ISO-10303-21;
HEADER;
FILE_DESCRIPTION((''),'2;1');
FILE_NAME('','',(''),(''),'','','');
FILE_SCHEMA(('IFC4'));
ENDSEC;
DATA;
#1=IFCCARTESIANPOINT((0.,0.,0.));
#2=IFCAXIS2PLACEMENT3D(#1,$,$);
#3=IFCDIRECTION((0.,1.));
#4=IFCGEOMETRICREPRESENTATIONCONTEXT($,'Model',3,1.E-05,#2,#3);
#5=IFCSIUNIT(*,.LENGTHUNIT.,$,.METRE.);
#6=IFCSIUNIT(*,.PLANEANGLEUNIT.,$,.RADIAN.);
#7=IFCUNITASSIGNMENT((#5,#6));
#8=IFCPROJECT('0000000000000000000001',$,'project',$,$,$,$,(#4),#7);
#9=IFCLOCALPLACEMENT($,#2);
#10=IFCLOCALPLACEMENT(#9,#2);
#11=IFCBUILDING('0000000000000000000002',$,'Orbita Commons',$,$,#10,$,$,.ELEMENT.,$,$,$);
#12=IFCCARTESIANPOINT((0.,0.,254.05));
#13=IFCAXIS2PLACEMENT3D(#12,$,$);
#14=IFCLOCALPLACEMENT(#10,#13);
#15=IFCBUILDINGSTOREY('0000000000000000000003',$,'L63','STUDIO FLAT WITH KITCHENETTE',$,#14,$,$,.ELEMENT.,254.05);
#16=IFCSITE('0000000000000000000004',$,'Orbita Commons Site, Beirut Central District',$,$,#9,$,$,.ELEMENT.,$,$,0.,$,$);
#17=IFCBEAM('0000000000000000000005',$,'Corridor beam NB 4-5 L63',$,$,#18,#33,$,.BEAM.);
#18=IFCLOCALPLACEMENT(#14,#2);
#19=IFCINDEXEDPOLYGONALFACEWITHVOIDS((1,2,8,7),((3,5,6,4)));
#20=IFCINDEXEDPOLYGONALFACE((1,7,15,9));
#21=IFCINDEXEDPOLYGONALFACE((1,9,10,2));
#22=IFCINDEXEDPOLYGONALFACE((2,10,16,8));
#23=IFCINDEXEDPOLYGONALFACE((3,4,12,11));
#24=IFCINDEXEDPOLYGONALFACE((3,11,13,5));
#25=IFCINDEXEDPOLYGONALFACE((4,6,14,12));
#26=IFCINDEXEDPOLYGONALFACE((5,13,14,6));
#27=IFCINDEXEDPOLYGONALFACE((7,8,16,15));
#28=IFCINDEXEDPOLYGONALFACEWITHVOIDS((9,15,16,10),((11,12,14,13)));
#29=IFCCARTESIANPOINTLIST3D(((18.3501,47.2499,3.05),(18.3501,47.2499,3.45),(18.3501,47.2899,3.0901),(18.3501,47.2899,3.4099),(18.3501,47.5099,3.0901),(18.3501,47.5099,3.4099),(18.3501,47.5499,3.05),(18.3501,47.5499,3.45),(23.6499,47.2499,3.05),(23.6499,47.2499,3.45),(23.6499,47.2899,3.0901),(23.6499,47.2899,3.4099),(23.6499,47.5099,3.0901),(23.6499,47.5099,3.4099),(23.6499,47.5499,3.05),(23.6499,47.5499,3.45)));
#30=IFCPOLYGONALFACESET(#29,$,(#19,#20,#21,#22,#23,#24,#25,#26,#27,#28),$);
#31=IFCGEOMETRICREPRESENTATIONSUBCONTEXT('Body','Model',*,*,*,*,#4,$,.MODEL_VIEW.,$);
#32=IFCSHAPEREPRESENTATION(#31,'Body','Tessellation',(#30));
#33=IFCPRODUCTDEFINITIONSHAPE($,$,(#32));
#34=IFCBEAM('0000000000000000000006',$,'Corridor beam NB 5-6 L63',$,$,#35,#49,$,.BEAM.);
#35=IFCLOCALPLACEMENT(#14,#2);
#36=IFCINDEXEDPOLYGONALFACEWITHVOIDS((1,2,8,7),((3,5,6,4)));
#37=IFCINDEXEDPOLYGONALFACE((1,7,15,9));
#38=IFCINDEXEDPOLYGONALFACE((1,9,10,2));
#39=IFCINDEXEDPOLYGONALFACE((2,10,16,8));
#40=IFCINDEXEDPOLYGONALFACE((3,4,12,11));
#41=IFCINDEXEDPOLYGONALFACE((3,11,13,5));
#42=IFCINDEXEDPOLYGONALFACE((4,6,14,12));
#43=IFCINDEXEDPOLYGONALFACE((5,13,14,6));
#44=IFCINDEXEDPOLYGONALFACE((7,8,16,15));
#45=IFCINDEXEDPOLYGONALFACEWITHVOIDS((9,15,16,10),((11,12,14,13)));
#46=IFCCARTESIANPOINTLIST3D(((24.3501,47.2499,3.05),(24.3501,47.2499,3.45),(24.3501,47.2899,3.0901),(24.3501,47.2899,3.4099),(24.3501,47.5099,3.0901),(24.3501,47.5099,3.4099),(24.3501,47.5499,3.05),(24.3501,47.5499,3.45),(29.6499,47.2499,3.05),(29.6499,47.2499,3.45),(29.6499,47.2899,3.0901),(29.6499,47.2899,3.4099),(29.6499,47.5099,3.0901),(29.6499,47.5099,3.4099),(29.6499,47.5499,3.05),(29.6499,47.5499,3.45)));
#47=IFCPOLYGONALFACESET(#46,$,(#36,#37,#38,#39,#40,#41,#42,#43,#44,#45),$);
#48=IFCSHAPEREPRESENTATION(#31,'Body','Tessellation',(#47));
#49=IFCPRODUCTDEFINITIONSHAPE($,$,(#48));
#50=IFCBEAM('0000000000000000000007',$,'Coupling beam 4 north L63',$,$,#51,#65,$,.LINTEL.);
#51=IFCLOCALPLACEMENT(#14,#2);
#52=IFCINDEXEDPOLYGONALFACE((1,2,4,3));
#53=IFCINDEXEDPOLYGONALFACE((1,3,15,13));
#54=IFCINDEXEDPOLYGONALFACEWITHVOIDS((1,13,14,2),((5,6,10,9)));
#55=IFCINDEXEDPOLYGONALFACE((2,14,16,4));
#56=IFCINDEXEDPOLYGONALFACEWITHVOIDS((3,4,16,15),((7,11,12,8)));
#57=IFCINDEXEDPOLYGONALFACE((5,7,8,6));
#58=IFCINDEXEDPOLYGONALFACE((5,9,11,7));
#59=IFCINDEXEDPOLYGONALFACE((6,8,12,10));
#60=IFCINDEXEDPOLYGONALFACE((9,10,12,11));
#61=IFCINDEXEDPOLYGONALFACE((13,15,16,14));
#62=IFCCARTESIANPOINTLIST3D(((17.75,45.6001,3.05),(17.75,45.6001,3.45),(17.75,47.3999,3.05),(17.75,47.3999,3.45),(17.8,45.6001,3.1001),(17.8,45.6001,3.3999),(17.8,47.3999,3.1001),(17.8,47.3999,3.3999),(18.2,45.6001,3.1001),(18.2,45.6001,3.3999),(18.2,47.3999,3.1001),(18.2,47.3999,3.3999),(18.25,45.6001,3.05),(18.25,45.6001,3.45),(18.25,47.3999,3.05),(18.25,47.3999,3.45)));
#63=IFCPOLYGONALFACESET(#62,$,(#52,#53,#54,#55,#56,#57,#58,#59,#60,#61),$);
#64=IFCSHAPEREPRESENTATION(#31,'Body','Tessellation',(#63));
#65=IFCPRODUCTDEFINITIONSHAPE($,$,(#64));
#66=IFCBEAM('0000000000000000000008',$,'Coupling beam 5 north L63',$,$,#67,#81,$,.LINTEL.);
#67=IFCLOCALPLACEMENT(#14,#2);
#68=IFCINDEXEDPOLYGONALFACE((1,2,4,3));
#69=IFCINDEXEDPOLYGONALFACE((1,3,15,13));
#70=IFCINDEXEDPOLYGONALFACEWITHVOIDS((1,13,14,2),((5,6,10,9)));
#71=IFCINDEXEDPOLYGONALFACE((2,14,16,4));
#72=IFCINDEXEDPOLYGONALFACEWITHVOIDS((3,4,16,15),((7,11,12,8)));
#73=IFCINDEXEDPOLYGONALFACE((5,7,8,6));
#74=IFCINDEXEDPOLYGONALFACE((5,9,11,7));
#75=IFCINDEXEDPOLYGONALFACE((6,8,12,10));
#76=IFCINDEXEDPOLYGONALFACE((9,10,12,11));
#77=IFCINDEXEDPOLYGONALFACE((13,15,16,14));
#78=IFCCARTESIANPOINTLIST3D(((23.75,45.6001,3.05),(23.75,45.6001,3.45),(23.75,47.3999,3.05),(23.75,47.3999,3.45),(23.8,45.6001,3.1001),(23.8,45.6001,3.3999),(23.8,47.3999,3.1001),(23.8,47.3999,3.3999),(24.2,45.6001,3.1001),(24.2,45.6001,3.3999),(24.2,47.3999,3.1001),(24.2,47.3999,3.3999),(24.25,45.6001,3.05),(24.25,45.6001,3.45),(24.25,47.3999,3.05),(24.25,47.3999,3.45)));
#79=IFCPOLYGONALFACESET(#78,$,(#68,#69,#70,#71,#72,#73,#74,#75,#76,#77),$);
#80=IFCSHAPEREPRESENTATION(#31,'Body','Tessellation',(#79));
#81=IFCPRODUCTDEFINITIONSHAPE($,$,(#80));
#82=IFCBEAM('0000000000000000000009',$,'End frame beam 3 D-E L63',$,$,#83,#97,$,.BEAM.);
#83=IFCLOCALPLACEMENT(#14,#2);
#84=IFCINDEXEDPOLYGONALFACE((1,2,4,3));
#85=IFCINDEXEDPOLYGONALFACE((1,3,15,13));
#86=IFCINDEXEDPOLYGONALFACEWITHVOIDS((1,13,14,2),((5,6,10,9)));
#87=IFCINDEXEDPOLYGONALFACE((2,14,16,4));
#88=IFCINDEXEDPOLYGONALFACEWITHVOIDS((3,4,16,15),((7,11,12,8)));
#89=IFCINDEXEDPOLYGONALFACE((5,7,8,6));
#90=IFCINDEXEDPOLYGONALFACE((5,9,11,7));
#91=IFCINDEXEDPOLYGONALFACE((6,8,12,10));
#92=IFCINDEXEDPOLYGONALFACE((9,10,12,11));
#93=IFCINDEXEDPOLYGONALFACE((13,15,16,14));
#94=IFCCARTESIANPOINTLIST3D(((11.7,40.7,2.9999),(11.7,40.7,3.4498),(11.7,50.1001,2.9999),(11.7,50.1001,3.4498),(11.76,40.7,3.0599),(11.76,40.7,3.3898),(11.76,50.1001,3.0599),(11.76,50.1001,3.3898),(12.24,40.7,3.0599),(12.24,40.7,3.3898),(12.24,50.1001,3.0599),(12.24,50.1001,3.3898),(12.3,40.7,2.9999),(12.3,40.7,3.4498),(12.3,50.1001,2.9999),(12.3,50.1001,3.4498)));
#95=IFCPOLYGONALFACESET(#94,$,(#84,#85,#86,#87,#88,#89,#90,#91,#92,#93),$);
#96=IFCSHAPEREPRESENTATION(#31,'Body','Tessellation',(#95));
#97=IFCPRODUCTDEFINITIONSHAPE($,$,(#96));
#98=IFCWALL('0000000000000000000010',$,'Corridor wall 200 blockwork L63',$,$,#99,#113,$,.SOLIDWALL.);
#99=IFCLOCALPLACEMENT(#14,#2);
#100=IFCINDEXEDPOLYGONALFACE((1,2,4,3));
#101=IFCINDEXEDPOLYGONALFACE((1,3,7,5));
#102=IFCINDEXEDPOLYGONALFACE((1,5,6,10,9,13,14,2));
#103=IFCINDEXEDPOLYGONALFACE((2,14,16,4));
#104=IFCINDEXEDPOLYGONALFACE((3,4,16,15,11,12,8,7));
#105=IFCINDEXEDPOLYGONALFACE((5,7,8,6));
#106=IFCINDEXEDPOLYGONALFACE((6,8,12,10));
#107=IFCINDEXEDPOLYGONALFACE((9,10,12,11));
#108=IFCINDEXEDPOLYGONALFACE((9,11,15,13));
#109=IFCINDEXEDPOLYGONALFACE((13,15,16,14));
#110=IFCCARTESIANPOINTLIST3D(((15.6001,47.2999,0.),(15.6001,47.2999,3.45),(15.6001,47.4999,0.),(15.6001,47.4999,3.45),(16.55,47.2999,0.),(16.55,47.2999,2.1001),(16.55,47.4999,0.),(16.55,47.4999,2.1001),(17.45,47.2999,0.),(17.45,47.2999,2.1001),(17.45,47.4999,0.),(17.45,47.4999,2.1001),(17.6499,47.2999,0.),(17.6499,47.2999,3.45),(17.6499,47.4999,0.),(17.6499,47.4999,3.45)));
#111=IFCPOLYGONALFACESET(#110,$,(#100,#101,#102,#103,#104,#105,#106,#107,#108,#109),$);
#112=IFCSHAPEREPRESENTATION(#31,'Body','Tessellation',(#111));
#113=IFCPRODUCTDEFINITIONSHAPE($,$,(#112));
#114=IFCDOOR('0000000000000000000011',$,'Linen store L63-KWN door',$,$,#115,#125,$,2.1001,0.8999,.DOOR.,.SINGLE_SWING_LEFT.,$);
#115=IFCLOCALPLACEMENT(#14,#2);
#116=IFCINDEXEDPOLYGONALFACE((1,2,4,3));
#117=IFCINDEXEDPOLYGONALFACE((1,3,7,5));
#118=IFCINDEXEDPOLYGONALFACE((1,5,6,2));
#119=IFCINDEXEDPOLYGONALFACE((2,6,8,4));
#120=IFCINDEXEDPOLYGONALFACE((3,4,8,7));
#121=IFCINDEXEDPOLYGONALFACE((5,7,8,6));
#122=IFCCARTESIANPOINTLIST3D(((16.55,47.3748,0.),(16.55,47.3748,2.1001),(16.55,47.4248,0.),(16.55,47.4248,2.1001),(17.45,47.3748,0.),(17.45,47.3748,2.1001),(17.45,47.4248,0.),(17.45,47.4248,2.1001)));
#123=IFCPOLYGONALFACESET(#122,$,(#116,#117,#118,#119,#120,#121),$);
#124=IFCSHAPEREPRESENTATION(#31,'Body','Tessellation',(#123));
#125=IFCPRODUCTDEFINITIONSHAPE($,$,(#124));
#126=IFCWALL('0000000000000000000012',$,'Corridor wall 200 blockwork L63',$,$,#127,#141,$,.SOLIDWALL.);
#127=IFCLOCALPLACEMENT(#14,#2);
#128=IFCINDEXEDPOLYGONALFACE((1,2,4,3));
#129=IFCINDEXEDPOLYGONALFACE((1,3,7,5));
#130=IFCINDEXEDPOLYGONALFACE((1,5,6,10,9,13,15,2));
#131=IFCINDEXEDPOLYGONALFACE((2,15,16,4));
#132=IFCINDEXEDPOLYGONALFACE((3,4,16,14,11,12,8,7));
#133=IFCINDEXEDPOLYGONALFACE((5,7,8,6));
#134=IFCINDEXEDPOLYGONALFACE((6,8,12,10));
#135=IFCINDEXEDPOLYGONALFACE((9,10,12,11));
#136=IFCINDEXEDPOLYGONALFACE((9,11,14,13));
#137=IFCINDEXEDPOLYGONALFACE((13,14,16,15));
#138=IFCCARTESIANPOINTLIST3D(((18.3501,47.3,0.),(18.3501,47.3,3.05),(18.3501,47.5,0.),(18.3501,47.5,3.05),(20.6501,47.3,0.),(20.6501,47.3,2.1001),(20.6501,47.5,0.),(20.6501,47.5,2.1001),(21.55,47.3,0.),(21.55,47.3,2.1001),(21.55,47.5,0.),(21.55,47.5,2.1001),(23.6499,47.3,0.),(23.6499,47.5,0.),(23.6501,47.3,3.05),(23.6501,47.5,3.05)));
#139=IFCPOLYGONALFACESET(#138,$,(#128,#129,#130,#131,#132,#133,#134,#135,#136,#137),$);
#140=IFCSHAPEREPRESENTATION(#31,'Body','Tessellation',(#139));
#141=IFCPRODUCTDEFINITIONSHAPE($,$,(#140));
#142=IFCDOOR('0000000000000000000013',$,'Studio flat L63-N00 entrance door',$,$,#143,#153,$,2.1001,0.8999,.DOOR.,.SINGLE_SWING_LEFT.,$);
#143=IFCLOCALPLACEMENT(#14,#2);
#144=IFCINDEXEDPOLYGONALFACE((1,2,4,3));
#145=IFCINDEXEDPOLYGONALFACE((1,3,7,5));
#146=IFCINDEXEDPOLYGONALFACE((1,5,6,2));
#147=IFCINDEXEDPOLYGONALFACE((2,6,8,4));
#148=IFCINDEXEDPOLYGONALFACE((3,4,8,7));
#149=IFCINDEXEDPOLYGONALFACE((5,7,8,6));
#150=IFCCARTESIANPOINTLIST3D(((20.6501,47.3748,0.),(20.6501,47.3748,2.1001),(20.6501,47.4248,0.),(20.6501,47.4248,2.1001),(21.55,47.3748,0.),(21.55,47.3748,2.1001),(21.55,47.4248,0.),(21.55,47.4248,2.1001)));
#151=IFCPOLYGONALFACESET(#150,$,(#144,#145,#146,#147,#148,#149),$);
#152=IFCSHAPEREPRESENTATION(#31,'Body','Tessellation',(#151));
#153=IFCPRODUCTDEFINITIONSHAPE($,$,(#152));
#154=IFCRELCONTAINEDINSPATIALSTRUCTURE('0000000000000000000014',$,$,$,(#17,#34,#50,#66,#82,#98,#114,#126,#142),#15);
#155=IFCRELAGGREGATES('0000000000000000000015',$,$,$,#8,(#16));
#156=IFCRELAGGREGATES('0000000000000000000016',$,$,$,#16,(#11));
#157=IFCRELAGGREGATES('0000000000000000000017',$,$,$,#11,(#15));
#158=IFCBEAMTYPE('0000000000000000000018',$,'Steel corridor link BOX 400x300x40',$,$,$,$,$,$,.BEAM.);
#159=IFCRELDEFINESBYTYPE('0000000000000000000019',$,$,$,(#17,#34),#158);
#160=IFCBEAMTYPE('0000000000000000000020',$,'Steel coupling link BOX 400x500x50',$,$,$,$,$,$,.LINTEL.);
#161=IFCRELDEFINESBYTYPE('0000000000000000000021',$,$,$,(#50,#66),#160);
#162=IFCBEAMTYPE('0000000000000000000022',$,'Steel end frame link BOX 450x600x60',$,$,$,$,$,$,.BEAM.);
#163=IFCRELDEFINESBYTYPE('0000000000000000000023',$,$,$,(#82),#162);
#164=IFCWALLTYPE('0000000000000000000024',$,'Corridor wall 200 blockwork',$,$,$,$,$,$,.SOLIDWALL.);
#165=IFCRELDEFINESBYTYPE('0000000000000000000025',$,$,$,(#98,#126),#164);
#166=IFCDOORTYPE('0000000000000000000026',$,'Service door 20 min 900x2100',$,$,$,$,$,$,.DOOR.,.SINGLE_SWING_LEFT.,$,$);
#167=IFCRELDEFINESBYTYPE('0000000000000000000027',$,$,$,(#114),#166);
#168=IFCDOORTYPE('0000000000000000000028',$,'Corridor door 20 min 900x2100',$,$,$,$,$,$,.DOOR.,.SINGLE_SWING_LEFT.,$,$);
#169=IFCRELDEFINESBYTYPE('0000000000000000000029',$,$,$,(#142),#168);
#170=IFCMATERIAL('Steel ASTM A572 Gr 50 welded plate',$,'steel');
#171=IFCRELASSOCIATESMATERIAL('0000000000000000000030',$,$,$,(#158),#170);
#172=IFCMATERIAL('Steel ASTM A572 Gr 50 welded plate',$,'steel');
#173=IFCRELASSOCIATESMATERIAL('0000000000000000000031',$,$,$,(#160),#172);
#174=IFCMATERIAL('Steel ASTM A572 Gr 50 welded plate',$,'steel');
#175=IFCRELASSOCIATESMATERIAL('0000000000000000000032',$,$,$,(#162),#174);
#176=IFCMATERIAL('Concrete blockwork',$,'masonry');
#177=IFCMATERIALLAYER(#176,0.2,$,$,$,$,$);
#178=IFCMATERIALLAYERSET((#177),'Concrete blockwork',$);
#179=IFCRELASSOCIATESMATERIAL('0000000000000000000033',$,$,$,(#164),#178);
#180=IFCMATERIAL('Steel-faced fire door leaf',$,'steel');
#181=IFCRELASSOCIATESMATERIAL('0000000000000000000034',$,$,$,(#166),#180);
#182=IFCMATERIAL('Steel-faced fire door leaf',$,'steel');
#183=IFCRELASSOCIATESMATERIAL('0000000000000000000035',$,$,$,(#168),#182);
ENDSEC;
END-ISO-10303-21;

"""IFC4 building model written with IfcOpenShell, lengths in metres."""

from ifc_helpers import new_model, si_unit, direction, frame, frame_2d, origin, origin_2d, place, context, subcontext, project, spatial, polyline, rectangle, hollow_rectangle, outline, extrude, material, layer, layer_set, material_profile, profile_set, type_object, element, fill, save


model = new_model("IFC4")

# Units and contexts
model_context = context("Model", 3, precision=1e-05, world=origin(), true_north=direction((0.0, 1.0)))
body_context = subcontext(model_context, "Body", "Model", "MODEL_VIEW")
ifc_project = project(units=[si_unit("LENGTHUNIT", "METRE"), si_unit("PLANEANGLEUNIT", "RADIAN")], contexts=[model_context])

# Site, building, storey
site_placement = place(None, origin())
site = spatial("IfcSite", under=ifc_project, at=site_placement, Name="Orbita Commons Site, Beirut Central District", CompositionType="ELEMENT", RefElevation=0.0)
building_placement = place(site_placement, origin())
building = spatial("IfcBuilding", under=site, at=building_placement, Name="Orbita Commons", CompositionType="ELEMENT")
storey_placement = place(building_placement, frame((0.0, 0.0, 254.05)))
storey = spatial("IfcBuildingStorey", under=building, at=storey_placement, Name="L63", Description="STUDIO FLAT WITH KITCHENETTE", CompositionType="ELEMENT", Elevation=254.05)

# Beams
ifc_material_1 = material(Name="Steel ASTM A572 Gr 50 welded plate", Category="steel")
ifc_material_profile_1 = material_profile(ifc_material_1, hollow_rectangle(XDim=0.3, YDim=0.3999, WallThickness=0.04, at=origin_2d()), Name="BOX 400x300x40")
ifc_profile_set_1 = profile_set([ifc_material_profile_1], Name="Steel ASTM A572 Gr 50 welded plate")
beam_type_1 = type_object("IfcBeamType", Name="Steel corridor link BOX 400x300x40", PredefinedType="BEAM", material=ifc_profile_set_1)
for number, where, z_axis, x_axis, name in (
    (1, (18.3501, 47.3999, 3.25), (1.0, 0.0, 0.0), (0.0, 1.0, 0.0), "Corridor beam NB 4-5 L63"),
    (2, (24.3501, 47.3999, 3.25), (1.0, 0.0, 0.0), (0.0, 1.0, 0.0), "Corridor beam NB 5-6 L63"),
):
    element("IfcBeam", number, at=place(storey_placement, frame(where, z_axis=z_axis, x_axis=x_axis)), inside=storey, type_object=beam_type_1, Name=name, PredefinedType="BEAM", context=body_context, shape_type="SweptSolid", body=[
        extrude(hollow_rectangle(XDim=0.3, YDim=0.3999, WallThickness=0.04, at=origin_2d()), origin(), (0.0, 0.0, 1.0), 5.2998),
    ])
ifc_material_2 = material(Name="Steel ASTM A572 Gr 50 welded plate", Category="steel")
ifc_material_profile_2 = material_profile(ifc_material_2, hollow_rectangle(XDim=0.5, YDim=0.3999, WallThickness=0.05, at=origin_2d()), Name="BOX 400x500x50")
ifc_profile_set_2 = profile_set([ifc_material_profile_2], Name="Steel ASTM A572 Gr 50 welded plate")
beam_type_2 = type_object("IfcBeamType", Name="Steel coupling link BOX 400x500x50", PredefinedType="LINTEL", material=ifc_profile_set_2)
for number, where, z_axis, x_axis, name in (
    (3, (18.0, 45.6001, 3.25), (0.0, 1.0, 0.0), (-1.0, 0.0, 0.0), "Coupling beam 4 north L63"),
    (4, (24.0, 45.6001, 3.25), (0.0, 1.0, 0.0), (-1.0, 0.0, 0.0), "Coupling beam 5 north L63"),
):
    element("IfcBeam", number, at=place(storey_placement, frame(where, z_axis=z_axis, x_axis=x_axis)), inside=storey, type_object=beam_type_2, Name=name, PredefinedType="LINTEL", context=body_context, shape_type="SweptSolid", body=[
        extrude(hollow_rectangle(XDim=0.5, YDim=0.3999, WallThickness=0.05, at=origin_2d()), origin(), (0.0, 0.0, 1.0), 1.7998),
    ])
ifc_material_3 = material(Name="Steel ASTM A572 Gr 50 welded plate", Category="steel")
ifc_material_profile_3 = material_profile(ifc_material_3, hollow_rectangle(XDim=0.6001, YDim=0.45, WallThickness=0.0601, at=origin_2d()), Name="BOX 450x600x60")
ifc_profile_set_3 = profile_set([ifc_material_profile_3], Name="Steel ASTM A572 Gr 50 welded plate")
beam_type_3 = type_object("IfcBeamType", Name="Steel end frame link BOX 450x600x60", PredefinedType="BEAM", material=ifc_profile_set_3)
beam_placement = place(storey_placement, frame((12.0, 40.7, 3.2249), z_axis=(0.0, 1.0, 0.0), x_axis=(-1.0, 0.0, 0.0)))
element("IfcBeam", 5, at=beam_placement, inside=storey, type_object=beam_type_3, Name="End frame beam 3 D-E L63", PredefinedType="BEAM", context=body_context, shape_type="SweptSolid", body=[
    extrude(hollow_rectangle(XDim=0.6001, YDim=0.45, WallThickness=0.0601, at=origin_2d()), origin(), (0.0, 0.0, 1.0), 9.4001),
])

# Walls, openings, doors
ifc_material_4 = material(Name="Concrete blockwork", Category="masonry")
ifc_layer_1 = layer(ifc_material_4, 0.2)
ifc_layer_set_1 = layer_set([ifc_layer_1], Name="Concrete blockwork")
wall_type_1 = type_object("IfcWallType", Name="Corridor wall 200 blockwork", PredefinedType="SOLIDWALL", material=ifc_layer_set_1)
wall_1_placement = place(storey_placement, frame((15.6001, 47.3999, 0.0), z_axis=(0.0, 0.0, 1.0), x_axis=(1.0, 0.0, 0.0)))
wall_1 = element("IfcWall", 6, at=wall_1_placement, inside=storey, type_object=wall_type_1, Name="Corridor wall 200 blockwork L63", PredefinedType="SOLIDWALL", context=body_context, shape_type="SweptSolid", body=[
    extrude(rectangle(XDim=2.0498, YDim=0.2, at=frame_2d((1.0249, 0.0))), origin(), (0.0, 0.0, 1.0), 3.45),
])
opening_1_placement = place(wall_1_placement, frame((0.95, 0.0, 0.0)))
opening_1 = element("IfcOpeningElement", 7, at=opening_1_placement, cuts=wall_1, PredefinedType="OPENING", context=body_context, shape_type="SweptSolid", body=[
    extrude(rectangle(XDim=0.8999, YDim=2.1001, at=frame_2d((0.45, 1.05))), frame((0.0, 0.1099, 0.0), z_axis=(0.0, -1.0, 0.0), x_axis=(1.0, 0.0, 0.0)), (0.0, 0.0, 1.0), 0.22),
])
ifc_material_5 = material(Name="Steel-faced fire door leaf", Category="steel")
door_type_1 = type_object("IfcDoorType", Name="Service door 20 min 900x2100", OperationType="SINGLE_SWING_LEFT", PredefinedType="DOOR", material=ifc_material_5)
door_1_placement = place(opening_1_placement, origin())
door_1 = element("IfcDoor", 8, at=door_1_placement, inside=storey, type_object=door_type_1, Name="Linen store L63-KWN door", OperationType="SINGLE_SWING_LEFT", OverallHeight=2.1001, OverallWidth=0.8999, PredefinedType="DOOR", context=body_context, shape_type="SweptSolid", body=[
    extrude(rectangle(XDim=0.8999, YDim=2.1001, at=frame_2d((0.45, 1.05))), frame((0.0, 0.0249, 0.0), z_axis=(0.0, -1.0, 0.0), x_axis=(1.0, 0.0, 0.0)), (0.0, 0.0, 1.0), 0.05),
])
fill(opening_1, door_1)
wall_2_placement = place(storey_placement, frame((18.3501, 47.3999, 0.0), z_axis=(0.0, 0.0, 1.0), x_axis=(1.0, 0.0, 0.0)))
wall_2 = element("IfcWall", 9, at=wall_2_placement, inside=storey, type_object=wall_type_1, Name="Corridor wall 200 blockwork L63", PredefinedType="SOLIDWALL", context=body_context, shape_type="SweptSolid", body=[
    extrude(outline(polyline([(0.0, 0.0), (5.2998, 0.0), (5.3, 3.05), (0.0, 3.05), (0.0, 0.0)])), frame((0.0, 0.1001, 0.0), z_axis=(0.0, -1.0, 0.0), x_axis=(1.0, 0.0, 0.0)), (0.0, 0.0, 1.0), 0.2),
])
opening_2_placement = place(wall_2_placement, frame((2.3, 0.0, 0.0)))
opening_2 = element("IfcOpeningElement", 10, at=opening_2_placement, cuts=wall_2, PredefinedType="OPENING", context=body_context, shape_type="SweptSolid", body=[
    extrude(rectangle(XDim=0.8999, YDim=2.1001, at=frame_2d((0.45, 1.05))), frame((0.0, 0.1099, 0.0), z_axis=(0.0, -1.0, 0.0), x_axis=(1.0, 0.0, 0.0)), (0.0, 0.0, 1.0), 0.22),
])
ifc_material_6 = material(Name="Steel-faced fire door leaf", Category="steel")
door_type_2 = type_object("IfcDoorType", Name="Corridor door 20 min 900x2100", OperationType="SINGLE_SWING_LEFT", PredefinedType="DOOR", material=ifc_material_6)
door_2_placement = place(opening_2_placement, origin())
door_2 = element("IfcDoor", 11, at=door_2_placement, inside=storey, type_object=door_type_2, Name="Studio flat L63-N00 entrance door", OperationType="SINGLE_SWING_LEFT", OverallHeight=2.1001, OverallWidth=0.8999, PredefinedType="DOOR", context=body_context, shape_type="SweptSolid", body=[
    extrude(rectangle(XDim=0.8999, YDim=2.1001, at=frame_2d((0.45, 1.05))), frame((0.0, 0.0249, 0.0), z_axis=(0.0, -1.0, 0.0), x_axis=(1.0, 0.0, 0.0)), (0.0, 0.0, 1.0), 0.05),
])
fill(opening_2, door_2)

save(model, "model.ifc")
